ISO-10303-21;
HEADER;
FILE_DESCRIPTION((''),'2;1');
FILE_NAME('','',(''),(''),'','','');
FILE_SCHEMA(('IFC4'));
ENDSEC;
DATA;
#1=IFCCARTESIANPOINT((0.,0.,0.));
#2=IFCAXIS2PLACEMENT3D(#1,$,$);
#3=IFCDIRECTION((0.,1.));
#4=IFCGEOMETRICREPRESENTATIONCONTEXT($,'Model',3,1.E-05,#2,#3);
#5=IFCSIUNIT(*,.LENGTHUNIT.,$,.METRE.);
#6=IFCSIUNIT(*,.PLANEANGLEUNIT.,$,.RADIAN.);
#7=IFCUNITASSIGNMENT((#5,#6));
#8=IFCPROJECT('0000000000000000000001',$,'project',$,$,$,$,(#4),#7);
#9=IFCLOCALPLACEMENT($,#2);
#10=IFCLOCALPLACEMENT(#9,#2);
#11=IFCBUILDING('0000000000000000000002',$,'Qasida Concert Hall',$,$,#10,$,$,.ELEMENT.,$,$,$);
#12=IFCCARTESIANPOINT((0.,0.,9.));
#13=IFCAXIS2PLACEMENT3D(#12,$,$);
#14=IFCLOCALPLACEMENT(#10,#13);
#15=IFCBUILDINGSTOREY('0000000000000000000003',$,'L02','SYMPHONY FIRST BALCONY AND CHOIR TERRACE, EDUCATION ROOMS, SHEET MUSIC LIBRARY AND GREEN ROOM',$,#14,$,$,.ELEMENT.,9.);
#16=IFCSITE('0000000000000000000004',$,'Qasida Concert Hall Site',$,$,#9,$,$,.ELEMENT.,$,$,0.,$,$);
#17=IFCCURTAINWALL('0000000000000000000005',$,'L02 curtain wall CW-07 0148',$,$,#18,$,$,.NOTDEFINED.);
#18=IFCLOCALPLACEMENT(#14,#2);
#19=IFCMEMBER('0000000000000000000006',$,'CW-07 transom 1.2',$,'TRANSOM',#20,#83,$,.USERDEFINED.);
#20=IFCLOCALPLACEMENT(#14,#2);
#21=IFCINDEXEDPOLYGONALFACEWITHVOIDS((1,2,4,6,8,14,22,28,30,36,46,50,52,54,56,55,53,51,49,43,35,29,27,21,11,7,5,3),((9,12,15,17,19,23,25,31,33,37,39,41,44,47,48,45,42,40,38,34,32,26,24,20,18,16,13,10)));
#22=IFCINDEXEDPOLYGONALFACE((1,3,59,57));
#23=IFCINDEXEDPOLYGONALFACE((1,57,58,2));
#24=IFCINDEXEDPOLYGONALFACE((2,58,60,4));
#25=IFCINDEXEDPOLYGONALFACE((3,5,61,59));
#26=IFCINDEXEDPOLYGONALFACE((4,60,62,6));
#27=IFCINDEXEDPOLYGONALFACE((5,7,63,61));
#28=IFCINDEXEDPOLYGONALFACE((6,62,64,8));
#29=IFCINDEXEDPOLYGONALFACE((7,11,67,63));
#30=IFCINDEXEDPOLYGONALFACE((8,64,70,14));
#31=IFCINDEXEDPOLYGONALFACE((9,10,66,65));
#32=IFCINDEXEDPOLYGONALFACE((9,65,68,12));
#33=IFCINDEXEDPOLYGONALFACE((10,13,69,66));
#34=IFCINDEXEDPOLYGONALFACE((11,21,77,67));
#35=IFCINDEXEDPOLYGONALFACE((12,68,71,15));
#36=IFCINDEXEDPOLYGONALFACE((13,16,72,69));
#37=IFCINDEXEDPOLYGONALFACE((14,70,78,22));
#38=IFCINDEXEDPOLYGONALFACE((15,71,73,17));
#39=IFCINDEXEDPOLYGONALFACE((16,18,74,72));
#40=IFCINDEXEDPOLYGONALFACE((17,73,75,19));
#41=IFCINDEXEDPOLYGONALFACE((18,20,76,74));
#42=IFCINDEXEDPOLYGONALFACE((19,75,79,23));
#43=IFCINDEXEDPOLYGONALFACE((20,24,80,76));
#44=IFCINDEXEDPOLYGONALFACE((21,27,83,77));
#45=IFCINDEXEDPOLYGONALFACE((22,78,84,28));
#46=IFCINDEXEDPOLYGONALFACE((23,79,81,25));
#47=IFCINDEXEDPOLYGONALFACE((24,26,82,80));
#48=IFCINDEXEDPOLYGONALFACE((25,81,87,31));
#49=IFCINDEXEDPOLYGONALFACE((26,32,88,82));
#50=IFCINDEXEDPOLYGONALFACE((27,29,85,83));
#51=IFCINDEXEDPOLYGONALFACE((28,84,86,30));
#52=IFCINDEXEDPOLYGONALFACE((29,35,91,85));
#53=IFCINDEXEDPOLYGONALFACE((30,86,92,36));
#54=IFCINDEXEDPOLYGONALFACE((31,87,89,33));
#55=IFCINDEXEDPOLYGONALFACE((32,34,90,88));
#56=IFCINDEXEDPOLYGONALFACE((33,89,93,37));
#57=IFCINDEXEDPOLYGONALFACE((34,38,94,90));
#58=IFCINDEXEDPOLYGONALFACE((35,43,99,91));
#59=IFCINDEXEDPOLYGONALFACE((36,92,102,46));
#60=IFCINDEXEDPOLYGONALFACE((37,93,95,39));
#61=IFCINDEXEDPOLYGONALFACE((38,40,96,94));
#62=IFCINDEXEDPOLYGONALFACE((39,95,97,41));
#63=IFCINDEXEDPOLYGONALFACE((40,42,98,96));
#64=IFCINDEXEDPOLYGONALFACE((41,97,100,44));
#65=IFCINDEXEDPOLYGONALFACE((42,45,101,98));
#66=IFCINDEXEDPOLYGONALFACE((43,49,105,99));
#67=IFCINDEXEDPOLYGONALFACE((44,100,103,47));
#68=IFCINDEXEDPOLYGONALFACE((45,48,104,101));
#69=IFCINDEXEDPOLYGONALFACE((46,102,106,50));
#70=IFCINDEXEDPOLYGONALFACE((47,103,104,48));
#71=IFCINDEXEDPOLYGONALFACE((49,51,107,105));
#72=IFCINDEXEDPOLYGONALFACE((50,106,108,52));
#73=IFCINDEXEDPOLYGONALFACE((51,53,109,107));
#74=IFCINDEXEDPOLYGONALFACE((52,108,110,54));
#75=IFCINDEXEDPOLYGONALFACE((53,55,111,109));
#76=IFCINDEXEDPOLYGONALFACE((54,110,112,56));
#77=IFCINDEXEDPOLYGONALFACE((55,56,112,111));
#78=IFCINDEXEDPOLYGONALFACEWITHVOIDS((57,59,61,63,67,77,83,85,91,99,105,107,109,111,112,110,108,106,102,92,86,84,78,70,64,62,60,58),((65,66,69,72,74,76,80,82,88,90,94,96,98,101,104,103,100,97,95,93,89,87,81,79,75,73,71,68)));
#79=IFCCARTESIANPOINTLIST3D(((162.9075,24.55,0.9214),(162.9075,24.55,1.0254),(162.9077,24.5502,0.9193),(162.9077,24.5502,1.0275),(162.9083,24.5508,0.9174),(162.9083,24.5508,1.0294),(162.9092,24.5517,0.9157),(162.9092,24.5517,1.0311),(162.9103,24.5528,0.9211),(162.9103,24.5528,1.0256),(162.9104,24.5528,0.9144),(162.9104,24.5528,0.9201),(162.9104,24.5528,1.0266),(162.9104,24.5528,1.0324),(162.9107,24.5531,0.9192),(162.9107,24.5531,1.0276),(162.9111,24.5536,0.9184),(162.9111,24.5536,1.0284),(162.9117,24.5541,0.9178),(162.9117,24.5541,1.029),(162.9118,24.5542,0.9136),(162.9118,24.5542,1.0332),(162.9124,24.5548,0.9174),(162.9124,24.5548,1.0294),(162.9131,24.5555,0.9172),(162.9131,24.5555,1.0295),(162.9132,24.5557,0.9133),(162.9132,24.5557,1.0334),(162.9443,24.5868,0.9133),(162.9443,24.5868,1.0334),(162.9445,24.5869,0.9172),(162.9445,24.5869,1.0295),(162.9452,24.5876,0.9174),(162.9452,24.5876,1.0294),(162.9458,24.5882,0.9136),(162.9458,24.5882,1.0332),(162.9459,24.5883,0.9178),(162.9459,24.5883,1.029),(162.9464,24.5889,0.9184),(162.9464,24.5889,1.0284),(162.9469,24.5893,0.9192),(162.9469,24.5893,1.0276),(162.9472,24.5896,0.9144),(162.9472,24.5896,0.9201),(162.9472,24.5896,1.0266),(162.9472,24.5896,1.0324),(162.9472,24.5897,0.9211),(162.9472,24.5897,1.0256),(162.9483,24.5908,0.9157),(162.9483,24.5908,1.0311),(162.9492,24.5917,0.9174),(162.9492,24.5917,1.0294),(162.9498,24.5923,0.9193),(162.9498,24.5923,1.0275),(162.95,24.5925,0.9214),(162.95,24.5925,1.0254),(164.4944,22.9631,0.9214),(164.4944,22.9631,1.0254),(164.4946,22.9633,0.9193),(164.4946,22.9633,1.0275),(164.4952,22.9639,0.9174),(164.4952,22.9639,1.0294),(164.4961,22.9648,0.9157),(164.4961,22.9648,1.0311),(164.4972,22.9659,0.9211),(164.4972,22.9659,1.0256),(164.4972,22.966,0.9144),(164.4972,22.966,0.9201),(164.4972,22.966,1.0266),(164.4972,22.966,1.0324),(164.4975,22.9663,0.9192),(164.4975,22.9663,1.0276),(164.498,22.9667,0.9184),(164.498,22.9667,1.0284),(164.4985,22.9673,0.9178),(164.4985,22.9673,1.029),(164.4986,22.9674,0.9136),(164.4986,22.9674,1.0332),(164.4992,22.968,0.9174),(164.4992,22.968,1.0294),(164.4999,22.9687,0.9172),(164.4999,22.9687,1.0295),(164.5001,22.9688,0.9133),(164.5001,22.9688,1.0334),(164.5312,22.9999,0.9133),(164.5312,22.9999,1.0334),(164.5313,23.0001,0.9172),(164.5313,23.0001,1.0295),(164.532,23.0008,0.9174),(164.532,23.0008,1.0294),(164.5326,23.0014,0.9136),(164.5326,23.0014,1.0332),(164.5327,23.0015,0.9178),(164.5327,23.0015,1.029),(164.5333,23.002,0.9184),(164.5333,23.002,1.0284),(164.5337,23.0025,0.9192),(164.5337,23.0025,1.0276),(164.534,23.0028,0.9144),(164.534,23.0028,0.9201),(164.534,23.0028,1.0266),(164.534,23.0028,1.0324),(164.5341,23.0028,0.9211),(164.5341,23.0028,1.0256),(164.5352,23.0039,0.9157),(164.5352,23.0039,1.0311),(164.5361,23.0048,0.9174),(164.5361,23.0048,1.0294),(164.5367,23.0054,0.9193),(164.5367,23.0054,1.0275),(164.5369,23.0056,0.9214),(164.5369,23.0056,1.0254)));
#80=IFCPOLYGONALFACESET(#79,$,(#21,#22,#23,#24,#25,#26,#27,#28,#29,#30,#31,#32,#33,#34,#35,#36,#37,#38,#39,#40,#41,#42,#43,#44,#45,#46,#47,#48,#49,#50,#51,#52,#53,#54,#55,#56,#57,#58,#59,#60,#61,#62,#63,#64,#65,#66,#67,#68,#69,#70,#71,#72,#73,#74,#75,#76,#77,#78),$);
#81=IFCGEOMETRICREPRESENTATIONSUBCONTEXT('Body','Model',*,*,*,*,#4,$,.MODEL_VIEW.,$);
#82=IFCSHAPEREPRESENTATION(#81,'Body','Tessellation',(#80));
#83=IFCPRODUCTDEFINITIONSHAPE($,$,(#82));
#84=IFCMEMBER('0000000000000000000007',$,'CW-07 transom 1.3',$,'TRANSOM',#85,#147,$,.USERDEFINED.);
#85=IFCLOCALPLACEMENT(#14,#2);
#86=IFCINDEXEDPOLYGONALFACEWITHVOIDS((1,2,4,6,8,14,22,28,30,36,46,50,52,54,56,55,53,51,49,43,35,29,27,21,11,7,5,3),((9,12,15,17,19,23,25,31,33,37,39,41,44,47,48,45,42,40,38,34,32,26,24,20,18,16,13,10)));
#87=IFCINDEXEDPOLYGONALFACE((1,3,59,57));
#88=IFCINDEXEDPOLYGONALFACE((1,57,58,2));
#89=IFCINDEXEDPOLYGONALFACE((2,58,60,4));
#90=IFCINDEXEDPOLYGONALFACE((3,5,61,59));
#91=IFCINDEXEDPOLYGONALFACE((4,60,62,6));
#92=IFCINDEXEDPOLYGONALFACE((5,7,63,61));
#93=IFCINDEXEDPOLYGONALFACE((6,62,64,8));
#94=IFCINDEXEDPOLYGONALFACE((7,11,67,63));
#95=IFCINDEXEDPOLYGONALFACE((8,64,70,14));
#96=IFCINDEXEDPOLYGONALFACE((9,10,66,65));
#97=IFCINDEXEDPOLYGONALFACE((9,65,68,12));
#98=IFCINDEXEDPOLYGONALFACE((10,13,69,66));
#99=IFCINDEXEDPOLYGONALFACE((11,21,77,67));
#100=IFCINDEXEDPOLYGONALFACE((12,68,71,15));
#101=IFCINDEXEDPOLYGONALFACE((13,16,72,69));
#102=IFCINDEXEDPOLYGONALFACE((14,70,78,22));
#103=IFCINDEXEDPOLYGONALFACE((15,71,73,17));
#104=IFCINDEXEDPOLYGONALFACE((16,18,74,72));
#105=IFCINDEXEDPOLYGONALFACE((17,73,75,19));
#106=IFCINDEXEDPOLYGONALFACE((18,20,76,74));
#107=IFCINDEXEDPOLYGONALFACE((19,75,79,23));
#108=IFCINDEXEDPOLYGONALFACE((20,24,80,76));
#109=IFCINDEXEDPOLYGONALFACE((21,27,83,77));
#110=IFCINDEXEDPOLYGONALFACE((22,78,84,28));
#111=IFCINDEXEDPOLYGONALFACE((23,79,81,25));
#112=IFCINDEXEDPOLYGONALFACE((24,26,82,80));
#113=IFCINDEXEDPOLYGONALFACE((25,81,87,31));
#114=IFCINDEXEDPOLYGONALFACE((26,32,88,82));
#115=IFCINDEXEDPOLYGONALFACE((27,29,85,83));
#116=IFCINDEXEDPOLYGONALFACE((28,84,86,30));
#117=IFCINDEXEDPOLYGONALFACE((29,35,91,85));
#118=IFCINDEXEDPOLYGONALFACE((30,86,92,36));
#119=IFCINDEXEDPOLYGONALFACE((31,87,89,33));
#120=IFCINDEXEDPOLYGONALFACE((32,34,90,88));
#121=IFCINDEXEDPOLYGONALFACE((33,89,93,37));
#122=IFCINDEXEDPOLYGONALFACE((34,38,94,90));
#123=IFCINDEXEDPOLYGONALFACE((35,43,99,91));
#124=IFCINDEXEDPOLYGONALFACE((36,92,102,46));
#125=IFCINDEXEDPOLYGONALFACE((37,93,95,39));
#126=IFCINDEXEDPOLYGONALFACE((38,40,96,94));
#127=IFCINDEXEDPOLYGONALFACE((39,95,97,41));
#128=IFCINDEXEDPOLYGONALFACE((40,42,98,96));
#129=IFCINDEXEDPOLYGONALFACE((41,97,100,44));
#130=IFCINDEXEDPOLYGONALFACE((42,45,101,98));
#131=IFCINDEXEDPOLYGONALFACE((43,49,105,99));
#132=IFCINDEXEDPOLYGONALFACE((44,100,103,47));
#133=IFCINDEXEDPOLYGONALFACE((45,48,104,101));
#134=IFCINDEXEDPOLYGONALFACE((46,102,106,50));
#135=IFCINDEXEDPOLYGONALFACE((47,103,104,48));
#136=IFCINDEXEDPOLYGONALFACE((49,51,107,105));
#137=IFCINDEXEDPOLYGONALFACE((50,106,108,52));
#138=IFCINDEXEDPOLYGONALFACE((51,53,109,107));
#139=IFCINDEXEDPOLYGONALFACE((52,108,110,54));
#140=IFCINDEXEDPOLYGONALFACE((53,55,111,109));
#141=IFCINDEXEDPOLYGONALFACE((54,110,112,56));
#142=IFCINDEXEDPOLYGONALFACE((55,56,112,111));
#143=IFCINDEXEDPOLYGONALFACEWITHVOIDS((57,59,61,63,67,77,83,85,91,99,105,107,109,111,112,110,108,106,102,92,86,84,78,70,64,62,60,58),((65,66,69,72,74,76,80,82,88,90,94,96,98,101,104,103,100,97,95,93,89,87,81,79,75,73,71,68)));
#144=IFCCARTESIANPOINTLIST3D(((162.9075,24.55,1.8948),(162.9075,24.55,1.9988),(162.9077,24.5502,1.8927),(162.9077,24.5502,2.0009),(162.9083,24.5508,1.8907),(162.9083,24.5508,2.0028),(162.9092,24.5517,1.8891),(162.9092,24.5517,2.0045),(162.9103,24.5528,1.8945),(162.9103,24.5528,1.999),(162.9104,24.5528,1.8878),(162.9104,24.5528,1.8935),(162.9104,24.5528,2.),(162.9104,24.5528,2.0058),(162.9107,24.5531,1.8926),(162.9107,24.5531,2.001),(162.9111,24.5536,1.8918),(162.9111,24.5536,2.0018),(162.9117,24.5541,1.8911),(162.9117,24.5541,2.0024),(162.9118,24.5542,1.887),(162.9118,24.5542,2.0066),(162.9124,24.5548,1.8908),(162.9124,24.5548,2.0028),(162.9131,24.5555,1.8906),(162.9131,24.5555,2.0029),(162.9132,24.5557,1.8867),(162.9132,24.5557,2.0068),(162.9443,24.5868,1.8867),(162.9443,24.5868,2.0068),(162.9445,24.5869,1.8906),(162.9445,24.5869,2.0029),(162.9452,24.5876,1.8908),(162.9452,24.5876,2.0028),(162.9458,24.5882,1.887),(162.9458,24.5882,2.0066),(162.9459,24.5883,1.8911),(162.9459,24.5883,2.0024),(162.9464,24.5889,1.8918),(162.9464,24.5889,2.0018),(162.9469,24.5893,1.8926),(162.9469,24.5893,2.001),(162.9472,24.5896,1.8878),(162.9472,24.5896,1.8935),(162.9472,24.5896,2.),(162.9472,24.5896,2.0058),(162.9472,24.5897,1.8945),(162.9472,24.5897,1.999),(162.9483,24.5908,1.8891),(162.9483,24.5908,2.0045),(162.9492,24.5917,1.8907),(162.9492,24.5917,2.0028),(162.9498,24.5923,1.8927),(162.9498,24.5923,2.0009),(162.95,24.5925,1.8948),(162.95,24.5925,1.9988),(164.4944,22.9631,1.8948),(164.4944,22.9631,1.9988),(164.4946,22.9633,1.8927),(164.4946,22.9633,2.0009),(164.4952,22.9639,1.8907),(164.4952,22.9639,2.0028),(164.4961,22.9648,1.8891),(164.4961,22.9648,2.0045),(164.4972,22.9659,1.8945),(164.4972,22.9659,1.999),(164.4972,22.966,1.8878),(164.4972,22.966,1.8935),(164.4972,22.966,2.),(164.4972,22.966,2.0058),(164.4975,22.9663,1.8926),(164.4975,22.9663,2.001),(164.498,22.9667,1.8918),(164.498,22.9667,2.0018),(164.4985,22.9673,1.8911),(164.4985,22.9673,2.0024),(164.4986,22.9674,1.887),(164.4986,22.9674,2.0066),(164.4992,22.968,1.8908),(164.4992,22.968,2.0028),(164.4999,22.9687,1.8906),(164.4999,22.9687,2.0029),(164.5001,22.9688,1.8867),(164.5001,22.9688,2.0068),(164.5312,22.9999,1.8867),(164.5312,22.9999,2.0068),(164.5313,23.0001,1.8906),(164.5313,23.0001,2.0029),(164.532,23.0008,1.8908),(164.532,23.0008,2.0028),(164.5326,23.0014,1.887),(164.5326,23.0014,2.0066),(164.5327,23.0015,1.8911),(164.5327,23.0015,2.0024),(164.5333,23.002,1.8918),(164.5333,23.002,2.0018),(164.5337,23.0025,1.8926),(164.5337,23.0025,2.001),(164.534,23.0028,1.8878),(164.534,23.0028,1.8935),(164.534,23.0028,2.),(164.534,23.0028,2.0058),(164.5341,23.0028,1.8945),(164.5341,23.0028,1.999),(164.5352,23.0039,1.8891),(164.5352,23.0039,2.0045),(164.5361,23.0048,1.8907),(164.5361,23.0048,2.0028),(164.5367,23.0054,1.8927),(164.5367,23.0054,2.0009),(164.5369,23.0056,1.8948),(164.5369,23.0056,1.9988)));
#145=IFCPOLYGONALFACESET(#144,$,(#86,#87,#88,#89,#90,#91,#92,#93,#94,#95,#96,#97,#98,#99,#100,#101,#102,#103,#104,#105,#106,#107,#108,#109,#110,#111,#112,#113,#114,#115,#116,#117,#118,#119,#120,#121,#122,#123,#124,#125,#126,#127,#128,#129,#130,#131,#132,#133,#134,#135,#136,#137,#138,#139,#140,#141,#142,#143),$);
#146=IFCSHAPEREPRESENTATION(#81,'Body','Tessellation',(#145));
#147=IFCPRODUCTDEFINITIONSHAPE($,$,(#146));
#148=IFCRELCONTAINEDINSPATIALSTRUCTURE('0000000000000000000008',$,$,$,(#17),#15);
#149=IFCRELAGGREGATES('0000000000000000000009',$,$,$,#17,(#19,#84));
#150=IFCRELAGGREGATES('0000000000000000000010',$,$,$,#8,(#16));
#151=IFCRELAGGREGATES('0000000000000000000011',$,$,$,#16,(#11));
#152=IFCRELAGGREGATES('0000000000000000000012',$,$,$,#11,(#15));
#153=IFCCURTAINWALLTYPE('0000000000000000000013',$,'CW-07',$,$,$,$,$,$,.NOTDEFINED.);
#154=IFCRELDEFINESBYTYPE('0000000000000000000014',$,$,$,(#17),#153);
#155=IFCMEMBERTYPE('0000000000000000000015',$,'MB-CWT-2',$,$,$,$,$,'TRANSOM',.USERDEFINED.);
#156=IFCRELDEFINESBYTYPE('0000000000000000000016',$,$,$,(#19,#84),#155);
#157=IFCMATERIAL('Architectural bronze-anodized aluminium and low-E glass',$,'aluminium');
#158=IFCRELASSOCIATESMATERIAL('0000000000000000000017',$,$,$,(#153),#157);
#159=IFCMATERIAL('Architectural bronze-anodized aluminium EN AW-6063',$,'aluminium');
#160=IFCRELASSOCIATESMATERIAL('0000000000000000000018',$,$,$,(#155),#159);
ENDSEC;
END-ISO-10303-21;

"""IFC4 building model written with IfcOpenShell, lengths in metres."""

from ifc_helpers import new_model, si_unit, direction, frame, origin, origin_2d, place, context, subcontext, project, spatial, hollow_rectangle, extrude, material, material_profile, profile_set, type_object, element, aggregate, save


model = new_model("IFC4")

# Units and contexts
model_context = context("Model", 3, precision=1e-05, world=origin(), true_north=direction((0.0, 1.0)))
body_context = subcontext(model_context, "Body", "Model", "MODEL_VIEW")
ifc_project = project(units=[si_unit("LENGTHUNIT", "METRE"), si_unit("PLANEANGLEUNIT", "RADIAN")], contexts=[model_context])

# Site, building, storey
site_placement = place(None, origin())
site = spatial("IfcSite", under=ifc_project, at=site_placement, Name="Qasida Concert Hall Site", CompositionType="ELEMENT", RefElevation=0.0)
building_placement = place(site_placement, origin())
building = spatial("IfcBuilding", under=site, at=building_placement, Name="Qasida Concert Hall", CompositionType="ELEMENT")
storey_placement = place(building_placement, frame((0.0, 0.0, 9.0)))
storey = spatial("IfcBuildingStorey", under=building, at=storey_placement, Name="L02", Description="SYMPHONY FIRST BALCONY AND CHOIR TERRACE, EDUCATION ROOMS, SHEET MUSIC LIBRARY AND GREEN ROOM", CompositionType="ELEMENT", Elevation=9.0)

# Curtain wall, members
ifc_material_1 = material(Name="Architectural bronze-anodized aluminium and low-E glass", Category="aluminium")
curtain_wall_type = type_object("IfcCurtainWallType", Name="CW-07", PredefinedType="NOTDEFINED", material=ifc_material_1)
curtain_wall_placement = place(storey_placement, origin())
curtain_wall = element("IfcCurtainWall", 1, at=curtain_wall_placement, inside=storey, type_object=curtain_wall_type, Name="L02 curtain wall CW-07 0148", PredefinedType="NOTDEFINED")
ifc_material_2 = material(Name="Architectural bronze-anodized aluminium EN AW-6063", Category="aluminium")
ifc_material_profile_1 = material_profile(ifc_material_2, hollow_rectangle(XDim=0.0601, YDim=0.1201, WallThickness=0.0039, InnerFilletRadius=0.0039, OuterFilletRadius=0.0081, at=origin_2d()), Name="CWT 120x60x4")
ifc_profile_set_1 = profile_set([ifc_material_profile_1], Name="Architectural bronze-anodized aluminium EN AW-6063")
member_type_1 = type_object("IfcMemberType", Name="MB-CWT-2", ElementType="TRANSOM", PredefinedType="USERDEFINED", material=ifc_profile_set_1)
member_1_placement = place(storey_placement, frame((164.5156, 22.9844, 0.9734), z_axis=(-0.707107, 0.707107, 0.0), x_axis=(-0.707107, -0.707107, 0.0)))
member_1 = element("IfcMember", 2, at=member_1_placement, type_object=member_type_1, Name="CW-07 transom 1.2", ObjectType="TRANSOM", PredefinedType="USERDEFINED", context=body_context, shape_type="SweptSolid", body=[
    extrude(hollow_rectangle(XDim=0.0601, YDim=0.1201, WallThickness=0.0039, InnerFilletRadius=0.0039, OuterFilletRadius=0.0081, at=origin_2d()), origin(), (0.0, 0.0, 1.0), 2.2441),
])
member_2_placement = place(storey_placement, frame((164.5156, 22.9844, 1.9468), z_axis=(-0.707107, 0.707107, 0.0), x_axis=(-0.707107, -0.707107, 0.0)))
member_2 = element("IfcMember", 3, at=member_2_placement, type_object=member_type_1, Name="CW-07 transom 1.3", ObjectType="TRANSOM", PredefinedType="USERDEFINED", context=body_context, shape_type="SweptSolid", body=[
    extrude(hollow_rectangle(XDim=0.0601, YDim=0.1201, WallThickness=0.0039, InnerFilletRadius=0.0039, OuterFilletRadius=0.0081, at=origin_2d()), origin(), (0.0, 0.0, 1.0), 2.2441),
])
aggregate(curtain_wall, [member_1, member_2])

save(model, "model.ifc")
